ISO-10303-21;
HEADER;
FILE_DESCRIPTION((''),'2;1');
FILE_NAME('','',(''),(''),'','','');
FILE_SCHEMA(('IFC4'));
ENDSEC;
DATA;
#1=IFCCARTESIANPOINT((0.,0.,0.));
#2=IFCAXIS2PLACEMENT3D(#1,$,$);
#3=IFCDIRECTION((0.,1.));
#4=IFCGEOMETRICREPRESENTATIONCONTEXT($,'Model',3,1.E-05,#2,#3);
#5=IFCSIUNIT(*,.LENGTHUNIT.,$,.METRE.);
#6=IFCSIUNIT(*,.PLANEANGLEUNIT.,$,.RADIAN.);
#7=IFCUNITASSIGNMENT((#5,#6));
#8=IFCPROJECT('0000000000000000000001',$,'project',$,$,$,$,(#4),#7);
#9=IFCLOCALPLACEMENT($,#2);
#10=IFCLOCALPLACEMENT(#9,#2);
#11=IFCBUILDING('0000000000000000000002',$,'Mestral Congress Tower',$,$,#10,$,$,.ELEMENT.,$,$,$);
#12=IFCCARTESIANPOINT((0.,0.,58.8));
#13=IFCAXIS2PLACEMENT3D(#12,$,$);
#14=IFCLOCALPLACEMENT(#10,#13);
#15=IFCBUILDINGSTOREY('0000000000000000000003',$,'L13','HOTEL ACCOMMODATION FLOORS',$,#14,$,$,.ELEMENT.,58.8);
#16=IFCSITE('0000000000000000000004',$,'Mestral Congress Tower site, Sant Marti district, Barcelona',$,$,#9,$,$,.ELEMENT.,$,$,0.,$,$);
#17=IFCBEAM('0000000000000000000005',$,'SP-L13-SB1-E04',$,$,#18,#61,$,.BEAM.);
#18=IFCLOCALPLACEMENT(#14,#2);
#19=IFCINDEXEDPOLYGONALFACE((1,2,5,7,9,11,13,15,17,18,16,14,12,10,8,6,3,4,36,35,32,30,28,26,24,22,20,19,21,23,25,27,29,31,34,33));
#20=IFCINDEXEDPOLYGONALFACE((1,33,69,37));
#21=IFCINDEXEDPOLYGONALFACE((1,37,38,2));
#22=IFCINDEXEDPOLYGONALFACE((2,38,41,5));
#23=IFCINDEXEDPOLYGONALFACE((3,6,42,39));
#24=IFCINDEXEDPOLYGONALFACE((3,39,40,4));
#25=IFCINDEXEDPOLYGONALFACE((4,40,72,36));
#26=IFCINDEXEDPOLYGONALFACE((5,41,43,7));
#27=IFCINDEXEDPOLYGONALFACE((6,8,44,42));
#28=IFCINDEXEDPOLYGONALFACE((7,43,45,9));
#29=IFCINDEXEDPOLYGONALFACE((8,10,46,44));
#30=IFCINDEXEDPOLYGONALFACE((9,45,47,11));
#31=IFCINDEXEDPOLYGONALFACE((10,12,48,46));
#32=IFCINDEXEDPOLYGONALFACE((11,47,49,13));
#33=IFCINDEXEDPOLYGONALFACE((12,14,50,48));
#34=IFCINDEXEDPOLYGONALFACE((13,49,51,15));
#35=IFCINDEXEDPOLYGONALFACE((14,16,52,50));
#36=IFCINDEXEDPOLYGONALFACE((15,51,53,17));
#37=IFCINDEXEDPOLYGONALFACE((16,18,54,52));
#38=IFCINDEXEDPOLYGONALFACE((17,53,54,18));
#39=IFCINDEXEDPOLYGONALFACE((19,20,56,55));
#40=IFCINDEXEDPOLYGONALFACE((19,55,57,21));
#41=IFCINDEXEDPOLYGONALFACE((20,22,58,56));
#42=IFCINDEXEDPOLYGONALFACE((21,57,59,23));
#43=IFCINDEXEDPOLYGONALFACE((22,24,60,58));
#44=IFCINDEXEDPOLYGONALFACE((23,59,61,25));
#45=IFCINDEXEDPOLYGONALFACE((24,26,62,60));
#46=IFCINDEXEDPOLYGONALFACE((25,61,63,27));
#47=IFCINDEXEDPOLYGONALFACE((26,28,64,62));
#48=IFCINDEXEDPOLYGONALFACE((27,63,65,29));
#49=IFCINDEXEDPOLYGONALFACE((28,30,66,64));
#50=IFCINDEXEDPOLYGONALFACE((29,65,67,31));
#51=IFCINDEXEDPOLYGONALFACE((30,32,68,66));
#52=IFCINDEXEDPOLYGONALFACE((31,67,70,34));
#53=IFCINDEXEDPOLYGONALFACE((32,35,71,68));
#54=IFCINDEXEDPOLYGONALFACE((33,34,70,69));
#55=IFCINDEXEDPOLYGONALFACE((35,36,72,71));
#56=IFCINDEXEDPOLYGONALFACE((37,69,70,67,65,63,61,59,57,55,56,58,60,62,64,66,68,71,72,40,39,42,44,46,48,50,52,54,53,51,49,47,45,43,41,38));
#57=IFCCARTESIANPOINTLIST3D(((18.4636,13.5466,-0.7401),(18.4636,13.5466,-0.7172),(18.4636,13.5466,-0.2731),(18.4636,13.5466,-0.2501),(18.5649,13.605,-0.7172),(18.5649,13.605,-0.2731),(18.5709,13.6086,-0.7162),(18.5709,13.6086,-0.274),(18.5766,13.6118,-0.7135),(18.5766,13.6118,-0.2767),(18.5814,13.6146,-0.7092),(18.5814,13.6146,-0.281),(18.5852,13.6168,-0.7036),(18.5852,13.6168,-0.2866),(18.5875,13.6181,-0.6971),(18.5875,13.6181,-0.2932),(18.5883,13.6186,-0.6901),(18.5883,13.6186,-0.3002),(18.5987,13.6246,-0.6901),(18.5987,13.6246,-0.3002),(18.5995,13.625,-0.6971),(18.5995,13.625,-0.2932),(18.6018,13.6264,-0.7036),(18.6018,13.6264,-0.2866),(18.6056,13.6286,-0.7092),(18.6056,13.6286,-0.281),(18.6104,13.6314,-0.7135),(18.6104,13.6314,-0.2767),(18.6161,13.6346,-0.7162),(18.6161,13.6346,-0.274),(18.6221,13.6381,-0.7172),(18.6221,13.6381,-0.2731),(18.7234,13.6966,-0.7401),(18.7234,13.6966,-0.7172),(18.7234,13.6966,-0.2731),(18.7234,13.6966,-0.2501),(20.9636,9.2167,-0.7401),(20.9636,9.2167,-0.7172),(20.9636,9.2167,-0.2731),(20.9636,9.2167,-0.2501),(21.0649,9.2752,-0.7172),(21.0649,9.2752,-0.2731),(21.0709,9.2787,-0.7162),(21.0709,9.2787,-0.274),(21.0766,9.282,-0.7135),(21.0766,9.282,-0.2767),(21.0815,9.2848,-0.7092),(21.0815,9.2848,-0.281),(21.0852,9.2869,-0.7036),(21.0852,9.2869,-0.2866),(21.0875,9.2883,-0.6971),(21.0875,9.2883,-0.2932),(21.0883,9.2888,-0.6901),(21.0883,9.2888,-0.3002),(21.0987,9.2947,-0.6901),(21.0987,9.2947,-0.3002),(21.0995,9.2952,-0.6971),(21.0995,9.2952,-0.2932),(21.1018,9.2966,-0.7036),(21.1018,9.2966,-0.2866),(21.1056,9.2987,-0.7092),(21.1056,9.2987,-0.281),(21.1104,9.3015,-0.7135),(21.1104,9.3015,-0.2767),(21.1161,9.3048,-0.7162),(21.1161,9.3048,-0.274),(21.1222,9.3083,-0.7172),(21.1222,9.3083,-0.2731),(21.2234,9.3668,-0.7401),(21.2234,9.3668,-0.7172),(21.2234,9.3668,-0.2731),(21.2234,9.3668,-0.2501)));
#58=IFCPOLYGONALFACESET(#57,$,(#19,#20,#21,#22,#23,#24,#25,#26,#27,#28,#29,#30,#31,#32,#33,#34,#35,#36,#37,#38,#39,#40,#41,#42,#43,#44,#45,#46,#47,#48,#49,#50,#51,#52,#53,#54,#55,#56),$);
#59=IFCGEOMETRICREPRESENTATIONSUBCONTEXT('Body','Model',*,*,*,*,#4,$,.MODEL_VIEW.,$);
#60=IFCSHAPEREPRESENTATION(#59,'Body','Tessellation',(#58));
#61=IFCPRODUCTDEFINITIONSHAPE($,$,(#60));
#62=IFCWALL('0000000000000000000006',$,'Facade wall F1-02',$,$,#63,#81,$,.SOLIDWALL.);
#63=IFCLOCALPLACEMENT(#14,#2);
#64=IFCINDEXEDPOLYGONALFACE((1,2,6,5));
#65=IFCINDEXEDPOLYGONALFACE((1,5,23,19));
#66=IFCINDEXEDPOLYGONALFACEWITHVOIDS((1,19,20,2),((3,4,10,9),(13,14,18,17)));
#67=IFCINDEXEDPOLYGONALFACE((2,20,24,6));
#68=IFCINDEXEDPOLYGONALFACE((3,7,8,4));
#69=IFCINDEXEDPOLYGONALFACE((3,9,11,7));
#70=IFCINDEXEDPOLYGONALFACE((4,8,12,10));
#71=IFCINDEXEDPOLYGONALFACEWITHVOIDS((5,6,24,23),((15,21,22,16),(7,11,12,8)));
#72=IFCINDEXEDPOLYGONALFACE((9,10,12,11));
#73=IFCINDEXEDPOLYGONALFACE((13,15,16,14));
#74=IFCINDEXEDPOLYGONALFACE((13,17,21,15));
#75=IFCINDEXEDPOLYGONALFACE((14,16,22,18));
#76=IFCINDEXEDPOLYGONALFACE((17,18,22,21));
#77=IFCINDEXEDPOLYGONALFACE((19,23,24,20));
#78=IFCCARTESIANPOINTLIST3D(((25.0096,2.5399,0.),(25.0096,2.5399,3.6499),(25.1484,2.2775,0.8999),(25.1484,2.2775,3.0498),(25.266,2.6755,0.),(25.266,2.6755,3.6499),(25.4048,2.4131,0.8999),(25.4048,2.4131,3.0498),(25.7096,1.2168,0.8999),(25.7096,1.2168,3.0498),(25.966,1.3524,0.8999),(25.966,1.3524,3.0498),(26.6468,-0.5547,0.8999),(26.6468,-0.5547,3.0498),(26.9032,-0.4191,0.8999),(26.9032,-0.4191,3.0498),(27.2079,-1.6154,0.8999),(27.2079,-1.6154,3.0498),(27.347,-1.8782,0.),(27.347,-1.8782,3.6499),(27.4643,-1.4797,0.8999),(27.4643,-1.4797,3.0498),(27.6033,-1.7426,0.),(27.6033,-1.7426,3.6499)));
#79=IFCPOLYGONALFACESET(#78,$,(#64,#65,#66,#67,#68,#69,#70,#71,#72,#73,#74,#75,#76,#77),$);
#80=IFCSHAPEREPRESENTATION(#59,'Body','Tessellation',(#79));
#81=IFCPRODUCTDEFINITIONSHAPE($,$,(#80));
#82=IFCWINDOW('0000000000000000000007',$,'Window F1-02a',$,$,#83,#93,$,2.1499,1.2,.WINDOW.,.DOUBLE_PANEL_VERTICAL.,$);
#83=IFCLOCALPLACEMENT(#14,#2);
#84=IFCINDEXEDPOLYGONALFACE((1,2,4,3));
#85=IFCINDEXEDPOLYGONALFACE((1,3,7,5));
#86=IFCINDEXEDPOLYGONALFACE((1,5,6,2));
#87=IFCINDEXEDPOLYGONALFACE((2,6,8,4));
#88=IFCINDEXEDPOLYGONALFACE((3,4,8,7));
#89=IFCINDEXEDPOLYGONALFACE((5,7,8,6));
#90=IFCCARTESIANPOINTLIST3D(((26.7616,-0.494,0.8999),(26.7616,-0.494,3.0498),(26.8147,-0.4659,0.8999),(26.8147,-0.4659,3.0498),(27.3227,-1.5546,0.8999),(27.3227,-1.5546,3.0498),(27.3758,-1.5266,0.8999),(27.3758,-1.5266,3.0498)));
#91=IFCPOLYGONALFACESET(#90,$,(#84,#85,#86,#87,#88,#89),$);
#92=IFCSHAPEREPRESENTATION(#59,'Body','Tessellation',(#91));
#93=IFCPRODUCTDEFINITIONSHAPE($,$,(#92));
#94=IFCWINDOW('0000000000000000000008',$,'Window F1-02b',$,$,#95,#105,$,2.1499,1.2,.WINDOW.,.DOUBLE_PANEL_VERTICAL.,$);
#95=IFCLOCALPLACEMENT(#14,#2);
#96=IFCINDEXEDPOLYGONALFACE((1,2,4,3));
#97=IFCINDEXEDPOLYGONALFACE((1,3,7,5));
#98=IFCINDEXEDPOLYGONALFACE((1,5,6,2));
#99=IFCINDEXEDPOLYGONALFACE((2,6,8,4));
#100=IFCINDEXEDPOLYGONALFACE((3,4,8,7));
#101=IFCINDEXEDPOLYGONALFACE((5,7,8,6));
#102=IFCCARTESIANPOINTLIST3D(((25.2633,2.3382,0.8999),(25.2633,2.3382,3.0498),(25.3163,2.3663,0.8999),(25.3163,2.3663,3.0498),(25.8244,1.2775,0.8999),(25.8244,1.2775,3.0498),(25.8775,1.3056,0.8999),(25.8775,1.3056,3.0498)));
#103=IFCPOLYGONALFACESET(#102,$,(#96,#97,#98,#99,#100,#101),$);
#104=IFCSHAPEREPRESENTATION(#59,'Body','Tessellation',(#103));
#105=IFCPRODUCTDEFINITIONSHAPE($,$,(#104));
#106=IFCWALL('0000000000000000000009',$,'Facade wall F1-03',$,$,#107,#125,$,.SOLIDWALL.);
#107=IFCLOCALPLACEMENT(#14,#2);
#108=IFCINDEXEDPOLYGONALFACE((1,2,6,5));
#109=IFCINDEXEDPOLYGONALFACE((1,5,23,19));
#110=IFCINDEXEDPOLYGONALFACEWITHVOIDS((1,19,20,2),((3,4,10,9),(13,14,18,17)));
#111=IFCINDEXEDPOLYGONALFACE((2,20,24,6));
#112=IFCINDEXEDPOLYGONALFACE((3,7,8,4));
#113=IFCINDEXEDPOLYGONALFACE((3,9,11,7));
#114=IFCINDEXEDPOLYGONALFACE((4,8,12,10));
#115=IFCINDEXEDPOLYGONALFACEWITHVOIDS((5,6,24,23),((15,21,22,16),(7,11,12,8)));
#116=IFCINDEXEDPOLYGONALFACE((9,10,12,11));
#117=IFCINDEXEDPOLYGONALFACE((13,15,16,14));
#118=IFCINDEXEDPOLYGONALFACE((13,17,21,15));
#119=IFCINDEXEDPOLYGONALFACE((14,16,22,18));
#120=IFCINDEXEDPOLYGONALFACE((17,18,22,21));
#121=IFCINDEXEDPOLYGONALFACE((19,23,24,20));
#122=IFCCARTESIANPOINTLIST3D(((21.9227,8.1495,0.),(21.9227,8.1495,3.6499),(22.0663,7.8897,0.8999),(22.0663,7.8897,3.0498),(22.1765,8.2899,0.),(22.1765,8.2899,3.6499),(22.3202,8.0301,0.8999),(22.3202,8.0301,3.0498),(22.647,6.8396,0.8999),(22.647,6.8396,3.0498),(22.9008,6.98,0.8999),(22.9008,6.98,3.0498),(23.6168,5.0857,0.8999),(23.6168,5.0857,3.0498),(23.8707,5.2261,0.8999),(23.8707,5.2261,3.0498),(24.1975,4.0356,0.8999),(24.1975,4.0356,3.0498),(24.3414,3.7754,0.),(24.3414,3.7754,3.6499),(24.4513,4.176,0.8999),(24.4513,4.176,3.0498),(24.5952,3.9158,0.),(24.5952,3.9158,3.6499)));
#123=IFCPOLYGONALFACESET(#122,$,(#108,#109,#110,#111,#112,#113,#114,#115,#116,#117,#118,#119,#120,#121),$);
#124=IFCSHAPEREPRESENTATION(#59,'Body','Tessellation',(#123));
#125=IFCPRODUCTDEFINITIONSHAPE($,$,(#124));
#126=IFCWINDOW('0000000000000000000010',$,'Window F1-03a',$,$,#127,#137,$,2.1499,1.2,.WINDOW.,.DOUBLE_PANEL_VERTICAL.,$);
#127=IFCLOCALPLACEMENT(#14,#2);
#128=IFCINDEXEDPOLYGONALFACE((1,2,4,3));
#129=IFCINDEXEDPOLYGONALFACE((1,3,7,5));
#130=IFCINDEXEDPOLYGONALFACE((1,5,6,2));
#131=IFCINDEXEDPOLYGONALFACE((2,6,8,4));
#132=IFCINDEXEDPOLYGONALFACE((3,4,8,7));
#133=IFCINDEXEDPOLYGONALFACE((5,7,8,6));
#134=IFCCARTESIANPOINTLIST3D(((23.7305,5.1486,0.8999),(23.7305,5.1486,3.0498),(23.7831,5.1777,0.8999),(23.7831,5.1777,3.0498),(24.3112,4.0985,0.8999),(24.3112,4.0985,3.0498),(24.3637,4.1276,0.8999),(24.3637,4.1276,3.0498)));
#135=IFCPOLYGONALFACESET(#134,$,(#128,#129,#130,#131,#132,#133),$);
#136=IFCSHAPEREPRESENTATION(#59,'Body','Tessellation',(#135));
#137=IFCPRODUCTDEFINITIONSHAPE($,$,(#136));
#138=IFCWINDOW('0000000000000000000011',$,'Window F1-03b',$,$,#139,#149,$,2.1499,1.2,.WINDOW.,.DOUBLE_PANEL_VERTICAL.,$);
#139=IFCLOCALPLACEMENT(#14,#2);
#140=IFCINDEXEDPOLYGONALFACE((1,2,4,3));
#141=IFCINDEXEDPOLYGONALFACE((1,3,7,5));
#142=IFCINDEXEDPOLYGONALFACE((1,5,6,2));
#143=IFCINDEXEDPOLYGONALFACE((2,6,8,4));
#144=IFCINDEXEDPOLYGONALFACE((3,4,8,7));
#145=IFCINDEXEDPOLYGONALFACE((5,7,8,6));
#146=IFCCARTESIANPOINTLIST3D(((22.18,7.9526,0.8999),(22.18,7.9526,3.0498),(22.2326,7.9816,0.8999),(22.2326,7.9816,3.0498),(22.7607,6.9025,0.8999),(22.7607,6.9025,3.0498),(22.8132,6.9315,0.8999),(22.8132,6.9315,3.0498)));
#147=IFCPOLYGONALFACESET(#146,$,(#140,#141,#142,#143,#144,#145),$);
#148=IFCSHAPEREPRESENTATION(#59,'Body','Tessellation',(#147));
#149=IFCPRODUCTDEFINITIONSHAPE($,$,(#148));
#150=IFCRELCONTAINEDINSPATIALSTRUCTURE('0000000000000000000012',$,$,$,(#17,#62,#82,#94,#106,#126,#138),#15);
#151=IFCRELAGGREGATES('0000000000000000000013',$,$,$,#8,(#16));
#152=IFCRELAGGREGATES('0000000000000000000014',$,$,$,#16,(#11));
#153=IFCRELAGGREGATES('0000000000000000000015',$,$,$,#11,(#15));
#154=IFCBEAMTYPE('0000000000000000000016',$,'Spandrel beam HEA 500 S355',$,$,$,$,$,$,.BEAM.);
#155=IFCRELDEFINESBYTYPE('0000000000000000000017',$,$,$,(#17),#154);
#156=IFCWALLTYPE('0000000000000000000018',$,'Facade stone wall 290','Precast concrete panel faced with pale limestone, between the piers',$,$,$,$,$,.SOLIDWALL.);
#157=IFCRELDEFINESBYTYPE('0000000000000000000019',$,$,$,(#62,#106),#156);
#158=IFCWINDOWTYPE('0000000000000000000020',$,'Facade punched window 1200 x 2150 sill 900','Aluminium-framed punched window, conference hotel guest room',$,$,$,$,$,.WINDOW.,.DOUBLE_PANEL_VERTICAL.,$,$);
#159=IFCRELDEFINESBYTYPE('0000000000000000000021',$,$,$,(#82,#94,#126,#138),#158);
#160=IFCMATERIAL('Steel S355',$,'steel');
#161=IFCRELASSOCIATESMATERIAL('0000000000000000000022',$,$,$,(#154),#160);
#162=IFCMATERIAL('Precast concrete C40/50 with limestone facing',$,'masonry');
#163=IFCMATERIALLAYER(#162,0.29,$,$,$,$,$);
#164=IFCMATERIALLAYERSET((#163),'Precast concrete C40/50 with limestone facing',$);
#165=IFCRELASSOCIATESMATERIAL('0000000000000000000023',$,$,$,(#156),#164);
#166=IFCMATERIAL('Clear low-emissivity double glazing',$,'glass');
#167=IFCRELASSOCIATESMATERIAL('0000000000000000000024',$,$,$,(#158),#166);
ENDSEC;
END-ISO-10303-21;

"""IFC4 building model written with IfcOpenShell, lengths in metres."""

from ifc_helpers import new_model, si_unit, direction, frame, frame_2d, origin, origin_2d, place, context, subcontext, project, spatial, rectangle, i_section, extrude, material, layer, layer_set, material_profile, profile_set, type_object, element, fill, save


model = new_model("IFC4")

# Units and contexts
model_context = context("Model", 3, precision=1e-05, world=origin(), true_north=direction((0.0, 1.0)))
body_context = subcontext(model_context, "Body", "Model", "MODEL_VIEW")
ifc_project = project(units=[si_unit("LENGTHUNIT", "METRE"), si_unit("PLANEANGLEUNIT", "RADIAN")], contexts=[model_context])

# Site, building, storey
site_placement = place(None, origin())
site = spatial("IfcSite", under=ifc_project, at=site_placement, Name="Mestral Congress Tower site, Sant Marti district, Barcelona", CompositionType="ELEMENT", RefElevation=0.0)
building_placement = place(site_placement, origin())
building = spatial("IfcBuilding", under=site, at=building_placement, Name="Mestral Congress Tower", CompositionType="ELEMENT")
storey_placement = place(building_placement, frame((0.0, 0.0, 58.8)))
storey = spatial("IfcBuildingStorey", under=building, at=storey_placement, Name="L13", Description="HOTEL ACCOMMODATION FLOORS", CompositionType="ELEMENT", Elevation=58.8)

# Beam
ifc_material_1 = material(Name="Steel S355", Category="steel")
ifc_material_profile_1 = material_profile(ifc_material_1, i_section(OverallWidth=0.3, OverallDepth=0.49, WebThickness=0.012, FlangeThickness=0.0229, FilletRadius=0.0271, at=origin_2d()), Name="HEA 500")
ifc_profile_set_1 = profile_set([ifc_material_profile_1], Name="Steel S355")
beam_type_1 = type_object("IfcBeamType", Name="Spandrel beam HEA 500 S355", PredefinedType="BEAM", material=ifc_profile_set_1)
for number, where, z_axis, x_axis, name in (
    (1, (21.0935, 9.2917, -0.4951), (-0.500025, 0.866011, 0.0), (-0.866011, -0.500025, 0.0), "SP-L13-SB1-E04"),
):
    element("IfcBeam", number, at=place(storey_placement, frame(where, z_axis=z_axis, x_axis=x_axis)), inside=storey, type_object=beam_type_1, Name=name, PredefinedType="BEAM", context=body_context, shape_type="SweptSolid", body=[
        extrude(i_section(OverallWidth=0.3, OverallDepth=0.49, WebThickness=0.012, FlangeThickness=0.0229, FilletRadius=0.0271, at=origin_2d()), origin(), (0.0, 0.0, 1.0), 4.9998),
    ])

# Walls, openings, windows
ifc_material_2 = material(Name="Precast concrete C40/50 with limestone facing", Category="masonry")
ifc_layer_1 = layer(ifc_material_2, 0.29)
ifc_layer_set_1 = layer_set([ifc_layer_1], Name="Precast concrete C40/50 with limestone facing")
wall_type_1 = type_object("IfcWallType", Name="Facade stone wall 290", Description="Precast concrete panel faced with pale limestone, between the piers", PredefinedType="SOLIDWALL", material=ifc_layer_set_1)
wall_1_placement = place(storey_placement, frame((27.4751, -1.8103, 0.0), z_axis=(0.0, 0.0, 1.0), x_axis=(-0.46763, 0.883925, 0.0)))
wall_1 = element("IfcWall", 2, at=wall_1_placement, inside=storey, type_object=wall_type_1, Name="Facade wall F1-02", PredefinedType="SOLIDWALL", context=body_context, shape_type="SweptSolid", body=[
    extrude(rectangle(XDim=4.9983, YDim=0.29, at=frame_2d((2.499, 0.0))), origin(), (0.0, 0.0, 1.0), 3.6499),
])
opening_1_placement = place(wall_1_placement, frame((0.2971, 0.0, 0.8999)))
opening_1 = element("IfcOpeningElement", 3, at=opening_1_placement, cuts=wall_1, PredefinedType="OPENING", context=body_context, shape_type="SweptSolid", body=[
    extrude(rectangle(XDim=1.2, YDim=2.1499, at=frame_2d((0.6001, 1.075))), frame((0.0, 0.155, 0.0), z_axis=(0.0, -1.0, 0.0), x_axis=(1.0, 0.0, 0.0)), (0.0, 0.0, 1.0), 0.3101),
])
opening_2_placement = place(wall_1_placement, frame((3.5012, 0.0, 0.8999)))
opening_2 = element("IfcOpeningElement", 4, at=opening_2_placement, cuts=wall_1, PredefinedType="OPENING", context=body_context, shape_type="SweptSolid", body=[
    extrude(rectangle(XDim=1.2, YDim=2.1499, at=frame_2d((0.6001, 1.075))), frame((0.0, 0.155, 0.0), z_axis=(0.0, -1.0, 0.0), x_axis=(1.0, 0.0, 0.0)), (0.0, 0.0, 1.0), 0.3101),
])
ifc_material_3 = material(Name="Clear low-emissivity double glazing", Category="glass")
window_type = type_object("IfcWindowType", Name="Facade punched window 1200 x 2150 sill 900", Description="Aluminium-framed punched window, conference hotel guest room", PartitioningType="DOUBLE_PANEL_VERTICAL", PredefinedType="WINDOW", material=ifc_material_3)
window_1_placement = place(opening_1_placement, origin())
window_1 = element("IfcWindow", 5, at=window_1_placement, inside=storey, type_object=window_type, Name="Window F1-02a", OverallHeight=2.1499, OverallWidth=1.2, PartitioningType="DOUBLE_PANEL_VERTICAL", PredefinedType="WINDOW", context=body_context, shape_type="SweptSolid", body=[
    extrude(rectangle(XDim=1.2, YDim=2.1499, at=frame_2d((0.6001, 1.075))), frame((0.0, 0.0151, 0.0), z_axis=(0.0, -1.0, 0.0), x_axis=(1.0, 0.0, 0.0)), (0.0, 0.0, 1.0), 0.0601),
])
fill(opening_1, window_1)
window_2_placement = place(opening_2_placement, origin())
window_2 = element("IfcWindow", 6, at=window_2_placement, inside=storey, type_object=window_type, Name="Window F1-02b", OverallHeight=2.1499, OverallWidth=1.2, PartitioningType="DOUBLE_PANEL_VERTICAL", PredefinedType="WINDOW", context=body_context, shape_type="SweptSolid", body=[
    extrude(rectangle(XDim=1.2, YDim=2.1499, at=frame_2d((0.6001, 1.075))), frame((0.0, 0.0151, 0.0), z_axis=(0.0, -1.0, 0.0), x_axis=(1.0, 0.0, 0.0)), (0.0, 0.0, 1.0), 0.0601),
])
fill(opening_2, window_2)
wall_2_placement = place(storey_placement, frame((24.4683, 3.8457, 0.0), z_axis=(0.0, 0.0, 1.0), x_axis=(-0.483913, 0.875116, 0.0)))
wall_2 = element("IfcWall", 7, at=wall_2_placement, inside=storey, type_object=wall_type_1, Name="Facade wall F1-03", PredefinedType="SOLIDWALL", context=body_context, shape_type="SweptSolid", body=[
    extrude(rectangle(XDim=4.9983, YDim=0.29, at=frame_2d((2.499, 0.0))), origin(), (0.0, 0.0, 1.0), 3.6499),
])
opening_3_placement = place(wall_2_placement, frame((0.2971, 0.0, 0.8999)))
opening_3 = element("IfcOpeningElement", 8, at=opening_3_placement, cuts=wall_2, PredefinedType="OPENING", context=body_context, shape_type="SweptSolid", body=[
    extrude(rectangle(XDim=1.2, YDim=2.1499, at=frame_2d((0.6001, 1.075))), frame((0.0, 0.155, 0.0), z_axis=(0.0, -1.0, 0.0), x_axis=(1.0, 0.0, 0.0)), (0.0, 0.0, 1.0), 0.3101),
])
opening_4_placement = place(wall_2_placement, frame((3.5012, 0.0, 0.8999)))
opening_4 = element("IfcOpeningElement", 9, at=opening_4_placement, cuts=wall_2, PredefinedType="OPENING", context=body_context, shape_type="SweptSolid", body=[
    extrude(rectangle(XDim=1.2, YDim=2.1499, at=frame_2d((0.6001, 1.075))), frame((0.0, 0.155, 0.0), z_axis=(0.0, -1.0, 0.0), x_axis=(1.0, 0.0, 0.0)), (0.0, 0.0, 1.0), 0.3101),
])
window_3_placement = place(opening_3_placement, origin())
window_3 = element("IfcWindow", 10, at=window_3_placement, inside=storey, type_object=window_type, Name="Window F1-03a", OverallHeight=2.1499, OverallWidth=1.2, PartitioningType="DOUBLE_PANEL_VERTICAL", PredefinedType="WINDOW", context=body_context, shape_type="SweptSolid", body=[
    extrude(rectangle(XDim=1.2, YDim=2.1499, at=frame_2d((0.6001, 1.075))), frame((0.0, 0.0151, 0.0), z_axis=(0.0, -1.0, 0.0), x_axis=(1.0, 0.0, 0.0)), (0.0, 0.0, 1.0), 0.0601),
])
fill(opening_3, window_3)
window_4_placement = place(opening_4_placement, origin())
window_4 = element("IfcWindow", 11, at=window_4_placement, inside=storey, type_object=window_type, Name="Window F1-03b", OverallHeight=2.1499, OverallWidth=1.2, PartitioningType="DOUBLE_PANEL_VERTICAL", PredefinedType="WINDOW", context=body_context, shape_type="SweptSolid", body=[
    extrude(rectangle(XDim=1.2, YDim=2.1499, at=frame_2d((0.6001, 1.075))), frame((0.0, 0.0151, 0.0), z_axis=(0.0, -1.0, 0.0), x_axis=(1.0, 0.0, 0.0)), (0.0, 0.0, 1.0), 0.0601),
])
fill(opening_4, window_4)

save(model, "model.ifc")
